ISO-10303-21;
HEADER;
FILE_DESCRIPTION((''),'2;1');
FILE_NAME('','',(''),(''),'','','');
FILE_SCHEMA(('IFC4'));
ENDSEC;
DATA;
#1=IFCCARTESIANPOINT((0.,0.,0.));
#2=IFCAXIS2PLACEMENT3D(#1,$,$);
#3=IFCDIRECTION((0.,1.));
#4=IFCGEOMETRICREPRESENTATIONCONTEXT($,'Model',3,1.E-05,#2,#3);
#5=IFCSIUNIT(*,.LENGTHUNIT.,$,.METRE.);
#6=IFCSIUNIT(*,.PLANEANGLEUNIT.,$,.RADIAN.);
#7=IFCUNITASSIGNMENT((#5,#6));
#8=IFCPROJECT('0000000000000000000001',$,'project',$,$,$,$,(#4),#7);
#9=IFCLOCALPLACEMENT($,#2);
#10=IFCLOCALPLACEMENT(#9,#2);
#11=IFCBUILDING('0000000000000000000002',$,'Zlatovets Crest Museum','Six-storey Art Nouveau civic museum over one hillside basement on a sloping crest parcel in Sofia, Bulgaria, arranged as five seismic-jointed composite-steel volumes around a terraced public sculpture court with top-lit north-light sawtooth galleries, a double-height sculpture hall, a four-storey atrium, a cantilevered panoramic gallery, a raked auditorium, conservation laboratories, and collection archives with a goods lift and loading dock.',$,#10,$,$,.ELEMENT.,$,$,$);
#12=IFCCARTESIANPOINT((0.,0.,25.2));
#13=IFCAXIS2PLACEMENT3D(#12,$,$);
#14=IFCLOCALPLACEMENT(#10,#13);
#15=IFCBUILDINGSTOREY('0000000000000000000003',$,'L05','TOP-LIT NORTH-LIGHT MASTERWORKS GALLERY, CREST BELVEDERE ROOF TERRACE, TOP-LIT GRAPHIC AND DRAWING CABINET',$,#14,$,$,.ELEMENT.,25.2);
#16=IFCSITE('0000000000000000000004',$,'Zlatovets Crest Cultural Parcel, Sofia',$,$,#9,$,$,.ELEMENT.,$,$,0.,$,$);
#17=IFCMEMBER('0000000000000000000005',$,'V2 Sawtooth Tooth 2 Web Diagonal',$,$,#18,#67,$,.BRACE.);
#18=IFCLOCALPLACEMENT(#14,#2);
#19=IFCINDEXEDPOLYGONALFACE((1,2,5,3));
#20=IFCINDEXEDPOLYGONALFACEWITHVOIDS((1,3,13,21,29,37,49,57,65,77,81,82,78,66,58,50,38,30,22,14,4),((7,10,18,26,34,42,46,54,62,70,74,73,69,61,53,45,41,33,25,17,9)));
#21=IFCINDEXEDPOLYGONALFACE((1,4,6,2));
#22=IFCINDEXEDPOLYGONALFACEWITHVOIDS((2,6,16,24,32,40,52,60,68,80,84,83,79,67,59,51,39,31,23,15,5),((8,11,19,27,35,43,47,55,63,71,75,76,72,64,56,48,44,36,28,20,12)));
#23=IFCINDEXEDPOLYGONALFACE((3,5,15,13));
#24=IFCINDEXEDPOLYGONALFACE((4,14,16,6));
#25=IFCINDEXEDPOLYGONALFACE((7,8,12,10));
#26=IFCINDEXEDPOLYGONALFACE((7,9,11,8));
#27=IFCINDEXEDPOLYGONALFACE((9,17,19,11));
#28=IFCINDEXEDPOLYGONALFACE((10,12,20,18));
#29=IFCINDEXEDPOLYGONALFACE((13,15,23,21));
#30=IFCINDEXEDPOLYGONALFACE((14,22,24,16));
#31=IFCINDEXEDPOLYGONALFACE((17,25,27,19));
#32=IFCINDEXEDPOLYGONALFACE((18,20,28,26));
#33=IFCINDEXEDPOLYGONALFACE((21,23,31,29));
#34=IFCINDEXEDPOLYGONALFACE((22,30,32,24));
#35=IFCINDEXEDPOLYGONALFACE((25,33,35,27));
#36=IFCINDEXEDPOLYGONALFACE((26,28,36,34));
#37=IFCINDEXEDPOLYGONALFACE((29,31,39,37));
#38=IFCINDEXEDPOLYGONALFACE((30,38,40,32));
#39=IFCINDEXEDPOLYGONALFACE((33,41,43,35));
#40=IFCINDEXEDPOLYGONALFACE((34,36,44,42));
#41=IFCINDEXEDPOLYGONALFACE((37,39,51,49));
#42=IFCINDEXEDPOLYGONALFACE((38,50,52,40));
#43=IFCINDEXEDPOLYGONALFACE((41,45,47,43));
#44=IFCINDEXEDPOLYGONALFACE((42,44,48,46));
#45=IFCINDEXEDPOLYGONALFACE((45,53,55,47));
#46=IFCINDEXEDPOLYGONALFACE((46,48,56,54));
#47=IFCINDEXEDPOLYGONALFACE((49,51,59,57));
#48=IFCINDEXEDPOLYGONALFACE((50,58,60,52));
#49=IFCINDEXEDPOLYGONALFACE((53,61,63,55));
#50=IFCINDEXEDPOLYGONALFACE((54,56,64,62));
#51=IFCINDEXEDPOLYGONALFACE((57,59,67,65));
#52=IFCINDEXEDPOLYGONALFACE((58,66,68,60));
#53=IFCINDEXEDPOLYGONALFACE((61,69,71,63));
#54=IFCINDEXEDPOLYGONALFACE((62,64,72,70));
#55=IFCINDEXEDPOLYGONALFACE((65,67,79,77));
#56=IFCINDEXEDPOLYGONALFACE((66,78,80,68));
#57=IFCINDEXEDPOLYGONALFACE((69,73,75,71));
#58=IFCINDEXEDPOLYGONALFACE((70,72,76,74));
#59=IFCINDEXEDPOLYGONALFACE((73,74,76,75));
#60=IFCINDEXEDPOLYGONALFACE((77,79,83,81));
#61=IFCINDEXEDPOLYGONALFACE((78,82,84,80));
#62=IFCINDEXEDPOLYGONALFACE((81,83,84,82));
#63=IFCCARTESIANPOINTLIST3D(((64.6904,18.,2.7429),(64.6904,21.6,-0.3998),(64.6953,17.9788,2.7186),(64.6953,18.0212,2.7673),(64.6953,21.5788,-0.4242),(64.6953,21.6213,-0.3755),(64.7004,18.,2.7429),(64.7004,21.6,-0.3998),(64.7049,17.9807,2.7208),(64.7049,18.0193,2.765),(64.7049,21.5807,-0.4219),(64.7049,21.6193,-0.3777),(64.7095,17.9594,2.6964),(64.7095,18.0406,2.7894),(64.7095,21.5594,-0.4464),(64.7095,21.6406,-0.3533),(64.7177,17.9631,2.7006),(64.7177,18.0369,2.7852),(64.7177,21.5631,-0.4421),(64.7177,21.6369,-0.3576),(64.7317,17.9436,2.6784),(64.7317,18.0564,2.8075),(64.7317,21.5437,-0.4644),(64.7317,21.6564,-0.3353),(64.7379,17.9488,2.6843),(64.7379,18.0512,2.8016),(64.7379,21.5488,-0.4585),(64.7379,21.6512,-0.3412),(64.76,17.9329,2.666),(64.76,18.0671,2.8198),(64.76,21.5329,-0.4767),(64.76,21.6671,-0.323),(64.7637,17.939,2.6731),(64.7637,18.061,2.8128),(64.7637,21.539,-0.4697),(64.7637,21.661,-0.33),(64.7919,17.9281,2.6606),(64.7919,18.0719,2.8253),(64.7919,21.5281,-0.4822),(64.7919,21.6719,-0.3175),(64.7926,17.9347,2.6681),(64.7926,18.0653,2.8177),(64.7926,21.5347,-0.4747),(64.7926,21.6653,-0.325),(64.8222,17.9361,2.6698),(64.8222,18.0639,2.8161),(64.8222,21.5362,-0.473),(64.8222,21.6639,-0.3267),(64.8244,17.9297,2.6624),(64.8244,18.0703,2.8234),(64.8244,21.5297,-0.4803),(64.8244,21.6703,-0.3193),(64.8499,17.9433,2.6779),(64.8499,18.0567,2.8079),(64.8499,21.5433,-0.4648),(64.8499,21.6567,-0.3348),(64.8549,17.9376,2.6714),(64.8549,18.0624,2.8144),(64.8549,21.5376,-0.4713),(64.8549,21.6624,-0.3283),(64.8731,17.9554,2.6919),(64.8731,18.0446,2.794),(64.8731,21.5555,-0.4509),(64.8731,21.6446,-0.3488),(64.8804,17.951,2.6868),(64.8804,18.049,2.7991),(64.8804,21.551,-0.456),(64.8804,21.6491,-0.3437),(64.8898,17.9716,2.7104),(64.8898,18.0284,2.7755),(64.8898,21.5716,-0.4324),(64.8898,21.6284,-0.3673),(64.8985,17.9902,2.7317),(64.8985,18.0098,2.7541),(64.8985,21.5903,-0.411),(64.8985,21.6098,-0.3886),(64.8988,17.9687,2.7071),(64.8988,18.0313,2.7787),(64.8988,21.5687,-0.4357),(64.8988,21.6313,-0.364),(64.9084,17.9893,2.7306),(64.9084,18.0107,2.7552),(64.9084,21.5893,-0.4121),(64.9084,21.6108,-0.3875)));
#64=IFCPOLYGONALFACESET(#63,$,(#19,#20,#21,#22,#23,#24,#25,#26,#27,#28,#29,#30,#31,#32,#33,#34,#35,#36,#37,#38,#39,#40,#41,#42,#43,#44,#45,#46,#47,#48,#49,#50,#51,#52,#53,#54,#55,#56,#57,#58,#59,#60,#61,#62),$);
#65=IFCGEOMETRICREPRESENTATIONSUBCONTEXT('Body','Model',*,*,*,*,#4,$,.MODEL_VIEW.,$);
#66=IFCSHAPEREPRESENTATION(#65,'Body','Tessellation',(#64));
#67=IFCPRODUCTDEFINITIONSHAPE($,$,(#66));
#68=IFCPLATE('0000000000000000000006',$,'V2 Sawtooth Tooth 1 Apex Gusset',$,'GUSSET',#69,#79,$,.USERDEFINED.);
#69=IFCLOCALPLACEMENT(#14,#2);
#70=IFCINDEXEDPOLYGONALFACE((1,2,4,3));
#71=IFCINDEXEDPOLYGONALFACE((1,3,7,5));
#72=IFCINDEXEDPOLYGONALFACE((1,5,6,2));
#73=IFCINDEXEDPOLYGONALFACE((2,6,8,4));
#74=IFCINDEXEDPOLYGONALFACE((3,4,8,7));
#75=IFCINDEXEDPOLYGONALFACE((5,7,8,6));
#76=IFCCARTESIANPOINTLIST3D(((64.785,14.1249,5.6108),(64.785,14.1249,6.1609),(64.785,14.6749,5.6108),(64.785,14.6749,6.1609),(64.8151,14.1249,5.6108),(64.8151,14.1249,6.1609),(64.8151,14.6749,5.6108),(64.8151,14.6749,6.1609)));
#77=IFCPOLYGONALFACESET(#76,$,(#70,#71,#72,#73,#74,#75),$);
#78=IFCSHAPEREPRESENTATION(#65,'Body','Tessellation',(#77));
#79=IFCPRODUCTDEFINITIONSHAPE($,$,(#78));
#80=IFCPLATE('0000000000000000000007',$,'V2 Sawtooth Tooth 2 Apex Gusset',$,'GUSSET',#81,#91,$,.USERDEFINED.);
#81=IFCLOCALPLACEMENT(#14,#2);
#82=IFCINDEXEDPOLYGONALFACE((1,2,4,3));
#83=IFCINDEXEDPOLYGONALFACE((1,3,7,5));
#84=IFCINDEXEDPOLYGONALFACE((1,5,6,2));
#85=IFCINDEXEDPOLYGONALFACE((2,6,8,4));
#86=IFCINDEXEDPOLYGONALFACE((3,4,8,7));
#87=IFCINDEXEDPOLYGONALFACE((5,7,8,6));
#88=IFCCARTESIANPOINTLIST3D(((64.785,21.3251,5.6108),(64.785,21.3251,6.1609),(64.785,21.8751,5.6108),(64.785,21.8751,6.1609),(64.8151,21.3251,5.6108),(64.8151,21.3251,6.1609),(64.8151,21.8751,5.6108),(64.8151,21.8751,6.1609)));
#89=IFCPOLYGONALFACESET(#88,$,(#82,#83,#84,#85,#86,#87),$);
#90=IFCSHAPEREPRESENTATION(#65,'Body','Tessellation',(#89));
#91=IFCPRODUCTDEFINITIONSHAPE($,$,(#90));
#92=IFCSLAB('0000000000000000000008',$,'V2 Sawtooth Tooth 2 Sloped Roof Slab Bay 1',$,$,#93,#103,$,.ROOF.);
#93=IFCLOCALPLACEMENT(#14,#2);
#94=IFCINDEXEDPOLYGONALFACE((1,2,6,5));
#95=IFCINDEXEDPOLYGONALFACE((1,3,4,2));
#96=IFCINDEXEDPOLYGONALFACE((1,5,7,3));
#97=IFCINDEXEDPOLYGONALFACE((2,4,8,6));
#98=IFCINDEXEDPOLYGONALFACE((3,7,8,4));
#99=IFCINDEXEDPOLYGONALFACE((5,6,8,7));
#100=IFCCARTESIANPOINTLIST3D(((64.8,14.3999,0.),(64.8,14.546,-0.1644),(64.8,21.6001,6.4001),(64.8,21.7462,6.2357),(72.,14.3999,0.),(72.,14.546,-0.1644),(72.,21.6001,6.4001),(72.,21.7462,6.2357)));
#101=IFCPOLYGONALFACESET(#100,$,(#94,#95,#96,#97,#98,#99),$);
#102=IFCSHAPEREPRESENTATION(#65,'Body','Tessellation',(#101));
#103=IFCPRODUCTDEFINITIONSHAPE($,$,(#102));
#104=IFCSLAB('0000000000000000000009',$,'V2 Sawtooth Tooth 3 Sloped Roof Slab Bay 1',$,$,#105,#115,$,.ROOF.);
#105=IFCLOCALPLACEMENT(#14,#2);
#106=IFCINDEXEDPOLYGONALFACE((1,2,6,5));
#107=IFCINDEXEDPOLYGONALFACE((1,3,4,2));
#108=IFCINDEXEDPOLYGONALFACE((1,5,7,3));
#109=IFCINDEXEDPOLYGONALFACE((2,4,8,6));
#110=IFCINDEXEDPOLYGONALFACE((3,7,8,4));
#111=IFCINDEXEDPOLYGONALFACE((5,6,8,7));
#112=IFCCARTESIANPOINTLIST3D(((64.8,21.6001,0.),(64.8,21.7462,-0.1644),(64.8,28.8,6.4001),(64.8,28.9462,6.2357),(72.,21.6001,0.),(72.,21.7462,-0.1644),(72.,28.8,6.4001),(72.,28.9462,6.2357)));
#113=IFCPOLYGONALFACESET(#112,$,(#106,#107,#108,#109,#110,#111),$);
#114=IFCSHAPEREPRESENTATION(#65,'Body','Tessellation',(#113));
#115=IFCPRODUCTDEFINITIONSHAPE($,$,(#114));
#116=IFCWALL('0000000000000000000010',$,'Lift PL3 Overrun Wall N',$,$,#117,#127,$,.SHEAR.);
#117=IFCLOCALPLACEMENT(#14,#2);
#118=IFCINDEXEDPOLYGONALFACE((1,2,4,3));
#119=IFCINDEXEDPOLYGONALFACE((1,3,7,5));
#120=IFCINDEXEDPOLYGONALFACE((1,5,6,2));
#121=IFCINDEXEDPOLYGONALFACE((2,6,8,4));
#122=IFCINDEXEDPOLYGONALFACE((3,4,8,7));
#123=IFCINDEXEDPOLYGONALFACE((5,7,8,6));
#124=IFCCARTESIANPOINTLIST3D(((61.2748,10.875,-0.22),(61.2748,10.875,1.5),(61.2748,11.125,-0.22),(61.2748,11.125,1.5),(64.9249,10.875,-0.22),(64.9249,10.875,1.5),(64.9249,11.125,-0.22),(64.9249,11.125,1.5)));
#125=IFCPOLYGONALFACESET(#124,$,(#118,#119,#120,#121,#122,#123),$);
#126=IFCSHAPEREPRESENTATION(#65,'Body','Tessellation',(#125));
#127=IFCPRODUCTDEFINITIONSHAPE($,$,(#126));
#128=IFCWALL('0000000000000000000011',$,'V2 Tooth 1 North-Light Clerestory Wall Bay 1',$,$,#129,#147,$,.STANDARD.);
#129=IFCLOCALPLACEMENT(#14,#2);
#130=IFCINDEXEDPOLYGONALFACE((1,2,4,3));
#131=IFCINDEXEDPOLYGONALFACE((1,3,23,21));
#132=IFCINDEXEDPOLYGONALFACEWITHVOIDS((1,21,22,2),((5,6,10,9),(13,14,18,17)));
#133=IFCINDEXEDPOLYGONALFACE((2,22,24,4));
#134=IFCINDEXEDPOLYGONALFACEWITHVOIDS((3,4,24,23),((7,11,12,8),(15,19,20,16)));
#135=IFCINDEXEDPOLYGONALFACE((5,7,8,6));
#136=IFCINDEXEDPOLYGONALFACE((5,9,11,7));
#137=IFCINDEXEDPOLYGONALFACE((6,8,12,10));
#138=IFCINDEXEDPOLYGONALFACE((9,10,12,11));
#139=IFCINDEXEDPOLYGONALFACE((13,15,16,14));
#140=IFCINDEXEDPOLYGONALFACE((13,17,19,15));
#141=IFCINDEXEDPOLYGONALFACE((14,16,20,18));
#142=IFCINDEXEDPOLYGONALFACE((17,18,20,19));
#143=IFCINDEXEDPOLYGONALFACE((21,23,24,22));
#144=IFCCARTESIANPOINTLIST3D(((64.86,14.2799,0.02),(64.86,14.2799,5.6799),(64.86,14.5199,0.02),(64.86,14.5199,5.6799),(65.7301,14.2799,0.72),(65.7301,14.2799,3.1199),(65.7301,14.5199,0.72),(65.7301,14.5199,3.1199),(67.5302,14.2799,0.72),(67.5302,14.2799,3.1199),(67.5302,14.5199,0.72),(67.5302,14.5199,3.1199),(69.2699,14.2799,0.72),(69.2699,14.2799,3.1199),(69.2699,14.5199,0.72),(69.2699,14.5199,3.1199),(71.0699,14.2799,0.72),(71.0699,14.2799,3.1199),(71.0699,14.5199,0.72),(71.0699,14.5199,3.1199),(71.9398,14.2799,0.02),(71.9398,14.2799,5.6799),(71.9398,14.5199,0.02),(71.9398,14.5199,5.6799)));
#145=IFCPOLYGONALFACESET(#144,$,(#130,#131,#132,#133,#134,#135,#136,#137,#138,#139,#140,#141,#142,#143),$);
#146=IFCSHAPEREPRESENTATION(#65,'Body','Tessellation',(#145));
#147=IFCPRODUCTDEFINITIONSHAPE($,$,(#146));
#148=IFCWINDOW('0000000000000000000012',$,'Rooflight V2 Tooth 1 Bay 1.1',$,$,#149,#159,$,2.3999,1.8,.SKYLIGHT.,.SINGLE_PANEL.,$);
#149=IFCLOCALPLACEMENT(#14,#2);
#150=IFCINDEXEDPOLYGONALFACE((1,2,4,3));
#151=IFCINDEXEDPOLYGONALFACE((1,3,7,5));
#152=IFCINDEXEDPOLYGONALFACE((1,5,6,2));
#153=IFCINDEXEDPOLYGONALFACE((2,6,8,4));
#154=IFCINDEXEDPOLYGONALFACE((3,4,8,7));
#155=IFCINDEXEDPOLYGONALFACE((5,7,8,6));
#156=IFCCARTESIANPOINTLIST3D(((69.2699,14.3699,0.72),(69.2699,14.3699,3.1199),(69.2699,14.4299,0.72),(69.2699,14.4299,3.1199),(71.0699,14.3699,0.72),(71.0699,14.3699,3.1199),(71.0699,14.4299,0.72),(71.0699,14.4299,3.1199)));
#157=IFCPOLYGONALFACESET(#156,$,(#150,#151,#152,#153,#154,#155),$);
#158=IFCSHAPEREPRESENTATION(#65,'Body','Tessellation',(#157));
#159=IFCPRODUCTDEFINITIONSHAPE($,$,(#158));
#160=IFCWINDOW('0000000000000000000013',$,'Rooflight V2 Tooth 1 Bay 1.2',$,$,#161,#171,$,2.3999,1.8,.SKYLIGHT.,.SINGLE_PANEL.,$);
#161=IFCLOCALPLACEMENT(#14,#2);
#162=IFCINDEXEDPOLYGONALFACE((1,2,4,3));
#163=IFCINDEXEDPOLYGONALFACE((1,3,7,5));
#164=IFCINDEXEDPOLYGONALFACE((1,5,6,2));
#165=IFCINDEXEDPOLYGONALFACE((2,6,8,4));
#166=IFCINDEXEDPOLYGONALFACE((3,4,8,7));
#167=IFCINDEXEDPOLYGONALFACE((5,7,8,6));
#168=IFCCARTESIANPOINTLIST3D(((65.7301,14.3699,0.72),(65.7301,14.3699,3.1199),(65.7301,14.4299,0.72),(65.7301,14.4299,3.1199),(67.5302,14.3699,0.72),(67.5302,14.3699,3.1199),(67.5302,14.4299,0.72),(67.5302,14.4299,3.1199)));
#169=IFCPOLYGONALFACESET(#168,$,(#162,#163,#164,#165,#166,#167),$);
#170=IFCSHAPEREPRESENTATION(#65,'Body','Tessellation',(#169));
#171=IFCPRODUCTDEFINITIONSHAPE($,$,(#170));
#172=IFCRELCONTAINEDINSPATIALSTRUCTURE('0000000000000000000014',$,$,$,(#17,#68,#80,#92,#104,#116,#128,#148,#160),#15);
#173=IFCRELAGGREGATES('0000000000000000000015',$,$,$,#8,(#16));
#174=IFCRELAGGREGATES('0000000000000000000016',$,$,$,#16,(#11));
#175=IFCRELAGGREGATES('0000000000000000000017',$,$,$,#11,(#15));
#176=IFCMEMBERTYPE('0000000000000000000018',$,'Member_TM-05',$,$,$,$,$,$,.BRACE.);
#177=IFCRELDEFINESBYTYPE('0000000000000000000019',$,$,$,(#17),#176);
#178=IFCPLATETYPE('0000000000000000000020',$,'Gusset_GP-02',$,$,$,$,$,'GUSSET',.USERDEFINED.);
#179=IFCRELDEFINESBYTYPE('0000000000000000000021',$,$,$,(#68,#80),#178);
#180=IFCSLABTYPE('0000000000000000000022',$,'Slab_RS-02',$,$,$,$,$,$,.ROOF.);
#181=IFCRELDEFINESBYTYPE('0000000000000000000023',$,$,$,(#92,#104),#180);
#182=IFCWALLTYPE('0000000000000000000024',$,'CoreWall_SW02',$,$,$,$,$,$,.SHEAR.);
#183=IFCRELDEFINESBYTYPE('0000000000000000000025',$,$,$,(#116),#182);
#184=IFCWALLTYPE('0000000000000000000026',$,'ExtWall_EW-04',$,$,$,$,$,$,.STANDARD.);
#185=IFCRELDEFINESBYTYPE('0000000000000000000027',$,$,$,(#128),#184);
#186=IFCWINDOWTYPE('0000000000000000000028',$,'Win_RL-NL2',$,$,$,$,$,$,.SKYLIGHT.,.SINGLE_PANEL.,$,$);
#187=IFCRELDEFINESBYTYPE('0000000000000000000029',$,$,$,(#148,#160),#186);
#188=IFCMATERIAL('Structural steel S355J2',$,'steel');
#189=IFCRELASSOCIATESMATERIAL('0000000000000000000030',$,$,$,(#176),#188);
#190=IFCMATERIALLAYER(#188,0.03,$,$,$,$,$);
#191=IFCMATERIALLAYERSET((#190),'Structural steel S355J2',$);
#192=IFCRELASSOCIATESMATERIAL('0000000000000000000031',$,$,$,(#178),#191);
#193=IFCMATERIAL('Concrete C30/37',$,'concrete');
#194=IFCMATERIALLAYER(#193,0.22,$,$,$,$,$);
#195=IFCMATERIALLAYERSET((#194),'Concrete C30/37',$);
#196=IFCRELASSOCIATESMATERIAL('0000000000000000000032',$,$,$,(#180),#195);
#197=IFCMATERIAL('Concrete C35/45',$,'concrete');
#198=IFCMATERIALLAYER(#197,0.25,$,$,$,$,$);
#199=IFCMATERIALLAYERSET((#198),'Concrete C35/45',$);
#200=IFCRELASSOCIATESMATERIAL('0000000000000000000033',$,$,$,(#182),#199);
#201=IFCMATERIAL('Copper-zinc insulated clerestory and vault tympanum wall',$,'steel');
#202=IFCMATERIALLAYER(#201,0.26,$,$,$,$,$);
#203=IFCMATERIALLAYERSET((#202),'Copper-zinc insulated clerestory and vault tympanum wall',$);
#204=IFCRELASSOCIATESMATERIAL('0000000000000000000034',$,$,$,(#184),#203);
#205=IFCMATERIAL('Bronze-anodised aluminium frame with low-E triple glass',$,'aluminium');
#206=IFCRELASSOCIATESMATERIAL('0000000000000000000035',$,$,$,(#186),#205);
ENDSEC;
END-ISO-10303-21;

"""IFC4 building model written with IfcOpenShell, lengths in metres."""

from ifc_helpers import new_model, si_unit, direction, frame, frame_2d, origin, origin_2d, place, context, subcontext, project, spatial, polyline, rectangle, hollow_circle, outline, extrude, material, layer, layer_set, material_profile, profile_set, type_object, element, fill, save


model = new_model("IFC4")

# Units and contexts
model_context = context("Model", 3, precision=1e-05, world=origin(), true_north=direction((0.0, 1.0)))
body_context = subcontext(model_context, "Body", "Model", "MODEL_VIEW")
ifc_project = project(units=[si_unit("LENGTHUNIT", "METRE"), si_unit("PLANEANGLEUNIT", "RADIAN")], contexts=[model_context])

# Site, building, storey
site_placement = place(None, origin())
site = spatial("IfcSite", under=ifc_project, at=site_placement, Name="Zlatovets Crest Cultural Parcel, Sofia", CompositionType="ELEMENT", RefElevation=0.0)
building_placement = place(site_placement, origin())
building = spatial("IfcBuilding", under=site, at=building_placement, Name="Zlatovets Crest Museum", Description="Six-storey Art Nouveau civic museum over one hillside basement on a sloping crest parcel in Sofia, Bulgaria, arranged as five seismic-jointed composite-steel volumes around a terraced public sculpture court with top-lit north-light sawtooth galleries, a double-height sculpture hall, a four-storey atrium, a cantilevered panoramic gallery, a raked auditorium, conservation laboratories, and collection archives with a goods lift and loading dock.", CompositionType="ELEMENT")
storey_placement = place(building_placement, frame((0.0, 0.0, 25.2)))
storey = spatial("IfcBuildingStorey", under=building, at=storey_placement, Name="L05", Description="TOP-LIT NORTH-LIGHT MASTERWORKS GALLERY, CREST BELVEDERE ROOF TERRACE, TOP-LIT GRAPHIC AND DRAWING CABINET", CompositionType="ELEMENT", Elevation=25.2)

# Shared definitions
ifc_material_1 = material(Name="Structural steel S355J2", Category="steel")

# Member
ifc_material_profile_1 = material_profile(ifc_material_1, hollow_circle(Radius=0.1096, WallThickness=0.01, at=origin_2d()), Name="CHS 219.1x10.0")
ifc_profile_set_1 = profile_set([ifc_material_profile_1], Name="Structural steel S355J2")
member_type_1 = type_object("IfcMemberType", Name="Member_TM-05", PredefinedType="BRACE", material=ifc_profile_set_1)
for number, where, z_axis, x_axis, name in (
    (1, (64.8, 18.0, 2.7429), (0.0, 0.753329, -0.657643), (-1.0, 0.0, 0.0), "V2 Sawtooth Tooth 2 Web Diagonal"),
):
    element("IfcMember", number, at=place(storey_placement, frame(where, z_axis=z_axis, x_axis=x_axis)), inside=storey, type_object=member_type_1, Name=name, PredefinedType="BRACE", context=body_context, shape_type="SweptSolid", body=[
        extrude(hollow_circle(Radius=0.1096, WallThickness=0.01, at=origin_2d()), origin(), (0.0, 0.0, 1.0), 4.7788),
    ])

# Plates
ifc_layer_1 = layer(ifc_material_1, 0.03)
ifc_layer_set_1 = layer_set([ifc_layer_1], Name="Structural steel S355J2")
plate_type = type_object("IfcPlateType", Name="Gusset_GP-02", ElementType="GUSSET", PredefinedType="USERDEFINED", material=ifc_layer_set_1)
for number, where, z_axis, x_axis, name in (
    (2, (64.8, 14.3999, 5.6108), (0.0, 0.0, 1.0), (1.0, 0.0, 0.0), "V2 Sawtooth Tooth 1 Apex Gusset"),
    (3, (64.8, 21.6001, 5.6108), (0.0, 0.0, 1.0), (1.0, 0.0, 0.0), "V2 Sawtooth Tooth 2 Apex Gusset"),
):
    element("IfcPlate", number, at=place(storey_placement, frame(where, z_axis=z_axis, x_axis=x_axis)), inside=storey, type_object=plate_type, Name=name, ObjectType="GUSSET", PredefinedType="USERDEFINED", context=body_context, shape_type="SweptSolid", body=[
        extrude(rectangle(XDim=0.03, YDim=0.55, at=origin_2d()), origin(), (0.0, 0.0, 1.0), 0.55),
    ])

# Slabs
ifc_material_2 = material(Name="Concrete C30/37", Category="concrete")
ifc_layer_2 = layer(ifc_material_2, 0.22)
ifc_layer_set_2 = layer_set([ifc_layer_2], Name="Concrete C30/37")
slab_type = type_object("IfcSlabType", Name="Slab_RS-02", PredefinedType="ROOF", material=ifc_layer_set_2)
slab_1_placement = place(storey_placement, frame((64.8, 14.3999, 0.0), z_axis=(0.0, -0.664362, 0.747411), x_axis=(1.0, 0.0, 0.0)))
element("IfcSlab", 4, at=slab_1_placement, inside=storey, type_object=slab_type, Name="V2 Sawtooth Tooth 2 Sloped Roof Slab Bay 1", PredefinedType="ROOF", context=body_context, shape_type="SweptSolid", body=[
    extrude(outline(polyline([(0.0, 0.0), (7.2, 0.0), (7.2, 9.6335), (0.0, 9.6335), (0.0, 0.0)])), origin(), (0.0, 0.0, -1.0), 0.22),
])
slab_2_placement = place(storey_placement, frame((64.8, 21.6001, 0.0), z_axis=(0.0, -0.664375, 0.7474), x_axis=(1.0, 0.0, 0.0)))
element("IfcSlab", 5, at=slab_2_placement, inside=storey, type_object=slab_type, Name="V2 Sawtooth Tooth 3 Sloped Roof Slab Bay 1", PredefinedType="ROOF", context=body_context, shape_type="SweptSolid", body=[
    extrude(outline(polyline([(0.0, 0.0), (7.2, 0.0), (7.2, 9.6333), (0.0, 9.6333), (0.0, 0.0)])), origin(), (0.0, 0.0, -1.0), 0.22),
])

# Wall
ifc_material_3 = material(Name="Concrete C35/45", Category="concrete")
ifc_layer_3 = layer(ifc_material_3, 0.25)
ifc_layer_set_3 = layer_set([ifc_layer_3], Name="Concrete C35/45")
wall_type_1 = type_object("IfcWallType", Name="CoreWall_SW02", PredefinedType="SHEAR", material=ifc_layer_set_3)
wall_1_placement = place(storey_placement, frame((64.925, 11.0, -0.22), z_axis=(0.0, 0.0, 1.0), x_axis=(-1.0, 0.0, 0.0)))
element("IfcWall", 6, at=wall_1_placement, inside=storey, type_object=wall_type_1, Name="Lift PL3 Overrun Wall N", PredefinedType="SHEAR", context=body_context, shape_type="SweptSolid", body=[
    extrude(rectangle(XDim=3.6501, YDim=0.25, at=frame_2d((1.8252, 0.0))), origin(), (0.0, 0.0, 1.0), 1.72),
])

# Wall, openings, windows
ifc_material_4 = material(Name="Copper-zinc insulated clerestory and vault tympanum wall", Category="steel")
ifc_layer_4 = layer(ifc_material_4, 0.26)
ifc_layer_set_4 = layer_set([ifc_layer_4], Name="Copper-zinc insulated clerestory and vault tympanum wall")
wall_type_2 = type_object("IfcWallType", Name="ExtWall_EW-04", PredefinedType="STANDARD", material=ifc_layer_set_4)
wall_2_placement = place(storey_placement, frame((71.9399, 14.3999, 0.02), z_axis=(0.0, 0.0, 1.0), x_axis=(-1.0, 0.0, 0.0)))
wall_2 = element("IfcWall", 7, at=wall_2_placement, inside=storey, type_object=wall_type_2, Name="V2 Tooth 1 North-Light Clerestory Wall Bay 1", PredefinedType="STANDARD", context=body_context, shape_type="SweptSolid", body=[
    extrude(rectangle(XDim=7.0798, YDim=0.24, at=frame_2d((3.54, 0.0))), origin(), (0.0, 0.0, 1.0), 5.6599),
])
opening_1_placement = place(wall_2_placement, frame((0.8701, 0.0, 0.7)))
opening_1 = element("IfcOpeningElement", 8, at=opening_1_placement, cuts=wall_2, PredefinedType="OPENING", context=body_context, shape_type="SweptSolid", body=[
    extrude(rectangle(XDim=1.8, YDim=2.3999, at=frame_2d((0.8999, 1.2))), frame((0.0, 0.1299, 0.0), z_axis=(0.0, -1.0, 0.0), x_axis=(1.0, 0.0, 0.0)), (0.0, 0.0, 1.0), 0.26),
])
opening_2_placement = place(wall_2_placement, frame((4.4099, 0.0, 0.7)))
opening_2 = element("IfcOpeningElement", 9, at=opening_2_placement, cuts=wall_2, PredefinedType="OPENING", context=body_context, shape_type="SweptSolid", body=[
    extrude(rectangle(XDim=1.8, YDim=2.3999, at=frame_2d((0.8999, 1.2))), frame((0.0, 0.1299, 0.0), z_axis=(0.0, -1.0, 0.0), x_axis=(1.0, 0.0, 0.0)), (0.0, 0.0, 1.0), 0.26),
])
ifc_material_5 = material(Name="Bronze-anodised aluminium frame with low-E triple glass", Category="aluminium")
window_type = type_object("IfcWindowType", Name="Win_RL-NL2", PartitioningType="SINGLE_PANEL", PredefinedType="SKYLIGHT", material=ifc_material_5)
window_1_placement = place(opening_1_placement, origin())
window_1 = element("IfcWindow", 10, at=window_1_placement, inside=storey, type_object=window_type, Name="Rooflight V2 Tooth 1 Bay 1.1", OverallHeight=2.3999, OverallWidth=1.8, PartitioningType="SINGLE_PANEL", PredefinedType="SKYLIGHT", context=body_context, shape_type="SweptSolid", body=[
    extrude(rectangle(XDim=1.8, YDim=2.3999, at=frame_2d((0.8999, 1.2))), frame((0.0, 0.03, 0.0), z_axis=(0.0, -1.0, 0.0), x_axis=(1.0, 0.0, 0.0)), (0.0, 0.0, 1.0), 0.0601),
])
fill(opening_1, window_1)
window_2_placement = place(opening_2_placement, origin())
window_2 = element("IfcWindow", 11, at=window_2_placement, inside=storey, type_object=window_type, Name="Rooflight V2 Tooth 1 Bay 1.2", OverallHeight=2.3999, OverallWidth=1.8, PartitioningType="SINGLE_PANEL", PredefinedType="SKYLIGHT", context=body_context, shape_type="SweptSolid", body=[
    extrude(rectangle(XDim=1.8, YDim=2.3999, at=frame_2d((0.8999, 1.2))), frame((0.0, 0.03, 0.0), z_axis=(0.0, -1.0, 0.0), x_axis=(1.0, 0.0, 0.0)), (0.0, 0.0, 1.0), 0.0601),
])
fill(opening_2, window_2)

save(model, "model.ifc")
